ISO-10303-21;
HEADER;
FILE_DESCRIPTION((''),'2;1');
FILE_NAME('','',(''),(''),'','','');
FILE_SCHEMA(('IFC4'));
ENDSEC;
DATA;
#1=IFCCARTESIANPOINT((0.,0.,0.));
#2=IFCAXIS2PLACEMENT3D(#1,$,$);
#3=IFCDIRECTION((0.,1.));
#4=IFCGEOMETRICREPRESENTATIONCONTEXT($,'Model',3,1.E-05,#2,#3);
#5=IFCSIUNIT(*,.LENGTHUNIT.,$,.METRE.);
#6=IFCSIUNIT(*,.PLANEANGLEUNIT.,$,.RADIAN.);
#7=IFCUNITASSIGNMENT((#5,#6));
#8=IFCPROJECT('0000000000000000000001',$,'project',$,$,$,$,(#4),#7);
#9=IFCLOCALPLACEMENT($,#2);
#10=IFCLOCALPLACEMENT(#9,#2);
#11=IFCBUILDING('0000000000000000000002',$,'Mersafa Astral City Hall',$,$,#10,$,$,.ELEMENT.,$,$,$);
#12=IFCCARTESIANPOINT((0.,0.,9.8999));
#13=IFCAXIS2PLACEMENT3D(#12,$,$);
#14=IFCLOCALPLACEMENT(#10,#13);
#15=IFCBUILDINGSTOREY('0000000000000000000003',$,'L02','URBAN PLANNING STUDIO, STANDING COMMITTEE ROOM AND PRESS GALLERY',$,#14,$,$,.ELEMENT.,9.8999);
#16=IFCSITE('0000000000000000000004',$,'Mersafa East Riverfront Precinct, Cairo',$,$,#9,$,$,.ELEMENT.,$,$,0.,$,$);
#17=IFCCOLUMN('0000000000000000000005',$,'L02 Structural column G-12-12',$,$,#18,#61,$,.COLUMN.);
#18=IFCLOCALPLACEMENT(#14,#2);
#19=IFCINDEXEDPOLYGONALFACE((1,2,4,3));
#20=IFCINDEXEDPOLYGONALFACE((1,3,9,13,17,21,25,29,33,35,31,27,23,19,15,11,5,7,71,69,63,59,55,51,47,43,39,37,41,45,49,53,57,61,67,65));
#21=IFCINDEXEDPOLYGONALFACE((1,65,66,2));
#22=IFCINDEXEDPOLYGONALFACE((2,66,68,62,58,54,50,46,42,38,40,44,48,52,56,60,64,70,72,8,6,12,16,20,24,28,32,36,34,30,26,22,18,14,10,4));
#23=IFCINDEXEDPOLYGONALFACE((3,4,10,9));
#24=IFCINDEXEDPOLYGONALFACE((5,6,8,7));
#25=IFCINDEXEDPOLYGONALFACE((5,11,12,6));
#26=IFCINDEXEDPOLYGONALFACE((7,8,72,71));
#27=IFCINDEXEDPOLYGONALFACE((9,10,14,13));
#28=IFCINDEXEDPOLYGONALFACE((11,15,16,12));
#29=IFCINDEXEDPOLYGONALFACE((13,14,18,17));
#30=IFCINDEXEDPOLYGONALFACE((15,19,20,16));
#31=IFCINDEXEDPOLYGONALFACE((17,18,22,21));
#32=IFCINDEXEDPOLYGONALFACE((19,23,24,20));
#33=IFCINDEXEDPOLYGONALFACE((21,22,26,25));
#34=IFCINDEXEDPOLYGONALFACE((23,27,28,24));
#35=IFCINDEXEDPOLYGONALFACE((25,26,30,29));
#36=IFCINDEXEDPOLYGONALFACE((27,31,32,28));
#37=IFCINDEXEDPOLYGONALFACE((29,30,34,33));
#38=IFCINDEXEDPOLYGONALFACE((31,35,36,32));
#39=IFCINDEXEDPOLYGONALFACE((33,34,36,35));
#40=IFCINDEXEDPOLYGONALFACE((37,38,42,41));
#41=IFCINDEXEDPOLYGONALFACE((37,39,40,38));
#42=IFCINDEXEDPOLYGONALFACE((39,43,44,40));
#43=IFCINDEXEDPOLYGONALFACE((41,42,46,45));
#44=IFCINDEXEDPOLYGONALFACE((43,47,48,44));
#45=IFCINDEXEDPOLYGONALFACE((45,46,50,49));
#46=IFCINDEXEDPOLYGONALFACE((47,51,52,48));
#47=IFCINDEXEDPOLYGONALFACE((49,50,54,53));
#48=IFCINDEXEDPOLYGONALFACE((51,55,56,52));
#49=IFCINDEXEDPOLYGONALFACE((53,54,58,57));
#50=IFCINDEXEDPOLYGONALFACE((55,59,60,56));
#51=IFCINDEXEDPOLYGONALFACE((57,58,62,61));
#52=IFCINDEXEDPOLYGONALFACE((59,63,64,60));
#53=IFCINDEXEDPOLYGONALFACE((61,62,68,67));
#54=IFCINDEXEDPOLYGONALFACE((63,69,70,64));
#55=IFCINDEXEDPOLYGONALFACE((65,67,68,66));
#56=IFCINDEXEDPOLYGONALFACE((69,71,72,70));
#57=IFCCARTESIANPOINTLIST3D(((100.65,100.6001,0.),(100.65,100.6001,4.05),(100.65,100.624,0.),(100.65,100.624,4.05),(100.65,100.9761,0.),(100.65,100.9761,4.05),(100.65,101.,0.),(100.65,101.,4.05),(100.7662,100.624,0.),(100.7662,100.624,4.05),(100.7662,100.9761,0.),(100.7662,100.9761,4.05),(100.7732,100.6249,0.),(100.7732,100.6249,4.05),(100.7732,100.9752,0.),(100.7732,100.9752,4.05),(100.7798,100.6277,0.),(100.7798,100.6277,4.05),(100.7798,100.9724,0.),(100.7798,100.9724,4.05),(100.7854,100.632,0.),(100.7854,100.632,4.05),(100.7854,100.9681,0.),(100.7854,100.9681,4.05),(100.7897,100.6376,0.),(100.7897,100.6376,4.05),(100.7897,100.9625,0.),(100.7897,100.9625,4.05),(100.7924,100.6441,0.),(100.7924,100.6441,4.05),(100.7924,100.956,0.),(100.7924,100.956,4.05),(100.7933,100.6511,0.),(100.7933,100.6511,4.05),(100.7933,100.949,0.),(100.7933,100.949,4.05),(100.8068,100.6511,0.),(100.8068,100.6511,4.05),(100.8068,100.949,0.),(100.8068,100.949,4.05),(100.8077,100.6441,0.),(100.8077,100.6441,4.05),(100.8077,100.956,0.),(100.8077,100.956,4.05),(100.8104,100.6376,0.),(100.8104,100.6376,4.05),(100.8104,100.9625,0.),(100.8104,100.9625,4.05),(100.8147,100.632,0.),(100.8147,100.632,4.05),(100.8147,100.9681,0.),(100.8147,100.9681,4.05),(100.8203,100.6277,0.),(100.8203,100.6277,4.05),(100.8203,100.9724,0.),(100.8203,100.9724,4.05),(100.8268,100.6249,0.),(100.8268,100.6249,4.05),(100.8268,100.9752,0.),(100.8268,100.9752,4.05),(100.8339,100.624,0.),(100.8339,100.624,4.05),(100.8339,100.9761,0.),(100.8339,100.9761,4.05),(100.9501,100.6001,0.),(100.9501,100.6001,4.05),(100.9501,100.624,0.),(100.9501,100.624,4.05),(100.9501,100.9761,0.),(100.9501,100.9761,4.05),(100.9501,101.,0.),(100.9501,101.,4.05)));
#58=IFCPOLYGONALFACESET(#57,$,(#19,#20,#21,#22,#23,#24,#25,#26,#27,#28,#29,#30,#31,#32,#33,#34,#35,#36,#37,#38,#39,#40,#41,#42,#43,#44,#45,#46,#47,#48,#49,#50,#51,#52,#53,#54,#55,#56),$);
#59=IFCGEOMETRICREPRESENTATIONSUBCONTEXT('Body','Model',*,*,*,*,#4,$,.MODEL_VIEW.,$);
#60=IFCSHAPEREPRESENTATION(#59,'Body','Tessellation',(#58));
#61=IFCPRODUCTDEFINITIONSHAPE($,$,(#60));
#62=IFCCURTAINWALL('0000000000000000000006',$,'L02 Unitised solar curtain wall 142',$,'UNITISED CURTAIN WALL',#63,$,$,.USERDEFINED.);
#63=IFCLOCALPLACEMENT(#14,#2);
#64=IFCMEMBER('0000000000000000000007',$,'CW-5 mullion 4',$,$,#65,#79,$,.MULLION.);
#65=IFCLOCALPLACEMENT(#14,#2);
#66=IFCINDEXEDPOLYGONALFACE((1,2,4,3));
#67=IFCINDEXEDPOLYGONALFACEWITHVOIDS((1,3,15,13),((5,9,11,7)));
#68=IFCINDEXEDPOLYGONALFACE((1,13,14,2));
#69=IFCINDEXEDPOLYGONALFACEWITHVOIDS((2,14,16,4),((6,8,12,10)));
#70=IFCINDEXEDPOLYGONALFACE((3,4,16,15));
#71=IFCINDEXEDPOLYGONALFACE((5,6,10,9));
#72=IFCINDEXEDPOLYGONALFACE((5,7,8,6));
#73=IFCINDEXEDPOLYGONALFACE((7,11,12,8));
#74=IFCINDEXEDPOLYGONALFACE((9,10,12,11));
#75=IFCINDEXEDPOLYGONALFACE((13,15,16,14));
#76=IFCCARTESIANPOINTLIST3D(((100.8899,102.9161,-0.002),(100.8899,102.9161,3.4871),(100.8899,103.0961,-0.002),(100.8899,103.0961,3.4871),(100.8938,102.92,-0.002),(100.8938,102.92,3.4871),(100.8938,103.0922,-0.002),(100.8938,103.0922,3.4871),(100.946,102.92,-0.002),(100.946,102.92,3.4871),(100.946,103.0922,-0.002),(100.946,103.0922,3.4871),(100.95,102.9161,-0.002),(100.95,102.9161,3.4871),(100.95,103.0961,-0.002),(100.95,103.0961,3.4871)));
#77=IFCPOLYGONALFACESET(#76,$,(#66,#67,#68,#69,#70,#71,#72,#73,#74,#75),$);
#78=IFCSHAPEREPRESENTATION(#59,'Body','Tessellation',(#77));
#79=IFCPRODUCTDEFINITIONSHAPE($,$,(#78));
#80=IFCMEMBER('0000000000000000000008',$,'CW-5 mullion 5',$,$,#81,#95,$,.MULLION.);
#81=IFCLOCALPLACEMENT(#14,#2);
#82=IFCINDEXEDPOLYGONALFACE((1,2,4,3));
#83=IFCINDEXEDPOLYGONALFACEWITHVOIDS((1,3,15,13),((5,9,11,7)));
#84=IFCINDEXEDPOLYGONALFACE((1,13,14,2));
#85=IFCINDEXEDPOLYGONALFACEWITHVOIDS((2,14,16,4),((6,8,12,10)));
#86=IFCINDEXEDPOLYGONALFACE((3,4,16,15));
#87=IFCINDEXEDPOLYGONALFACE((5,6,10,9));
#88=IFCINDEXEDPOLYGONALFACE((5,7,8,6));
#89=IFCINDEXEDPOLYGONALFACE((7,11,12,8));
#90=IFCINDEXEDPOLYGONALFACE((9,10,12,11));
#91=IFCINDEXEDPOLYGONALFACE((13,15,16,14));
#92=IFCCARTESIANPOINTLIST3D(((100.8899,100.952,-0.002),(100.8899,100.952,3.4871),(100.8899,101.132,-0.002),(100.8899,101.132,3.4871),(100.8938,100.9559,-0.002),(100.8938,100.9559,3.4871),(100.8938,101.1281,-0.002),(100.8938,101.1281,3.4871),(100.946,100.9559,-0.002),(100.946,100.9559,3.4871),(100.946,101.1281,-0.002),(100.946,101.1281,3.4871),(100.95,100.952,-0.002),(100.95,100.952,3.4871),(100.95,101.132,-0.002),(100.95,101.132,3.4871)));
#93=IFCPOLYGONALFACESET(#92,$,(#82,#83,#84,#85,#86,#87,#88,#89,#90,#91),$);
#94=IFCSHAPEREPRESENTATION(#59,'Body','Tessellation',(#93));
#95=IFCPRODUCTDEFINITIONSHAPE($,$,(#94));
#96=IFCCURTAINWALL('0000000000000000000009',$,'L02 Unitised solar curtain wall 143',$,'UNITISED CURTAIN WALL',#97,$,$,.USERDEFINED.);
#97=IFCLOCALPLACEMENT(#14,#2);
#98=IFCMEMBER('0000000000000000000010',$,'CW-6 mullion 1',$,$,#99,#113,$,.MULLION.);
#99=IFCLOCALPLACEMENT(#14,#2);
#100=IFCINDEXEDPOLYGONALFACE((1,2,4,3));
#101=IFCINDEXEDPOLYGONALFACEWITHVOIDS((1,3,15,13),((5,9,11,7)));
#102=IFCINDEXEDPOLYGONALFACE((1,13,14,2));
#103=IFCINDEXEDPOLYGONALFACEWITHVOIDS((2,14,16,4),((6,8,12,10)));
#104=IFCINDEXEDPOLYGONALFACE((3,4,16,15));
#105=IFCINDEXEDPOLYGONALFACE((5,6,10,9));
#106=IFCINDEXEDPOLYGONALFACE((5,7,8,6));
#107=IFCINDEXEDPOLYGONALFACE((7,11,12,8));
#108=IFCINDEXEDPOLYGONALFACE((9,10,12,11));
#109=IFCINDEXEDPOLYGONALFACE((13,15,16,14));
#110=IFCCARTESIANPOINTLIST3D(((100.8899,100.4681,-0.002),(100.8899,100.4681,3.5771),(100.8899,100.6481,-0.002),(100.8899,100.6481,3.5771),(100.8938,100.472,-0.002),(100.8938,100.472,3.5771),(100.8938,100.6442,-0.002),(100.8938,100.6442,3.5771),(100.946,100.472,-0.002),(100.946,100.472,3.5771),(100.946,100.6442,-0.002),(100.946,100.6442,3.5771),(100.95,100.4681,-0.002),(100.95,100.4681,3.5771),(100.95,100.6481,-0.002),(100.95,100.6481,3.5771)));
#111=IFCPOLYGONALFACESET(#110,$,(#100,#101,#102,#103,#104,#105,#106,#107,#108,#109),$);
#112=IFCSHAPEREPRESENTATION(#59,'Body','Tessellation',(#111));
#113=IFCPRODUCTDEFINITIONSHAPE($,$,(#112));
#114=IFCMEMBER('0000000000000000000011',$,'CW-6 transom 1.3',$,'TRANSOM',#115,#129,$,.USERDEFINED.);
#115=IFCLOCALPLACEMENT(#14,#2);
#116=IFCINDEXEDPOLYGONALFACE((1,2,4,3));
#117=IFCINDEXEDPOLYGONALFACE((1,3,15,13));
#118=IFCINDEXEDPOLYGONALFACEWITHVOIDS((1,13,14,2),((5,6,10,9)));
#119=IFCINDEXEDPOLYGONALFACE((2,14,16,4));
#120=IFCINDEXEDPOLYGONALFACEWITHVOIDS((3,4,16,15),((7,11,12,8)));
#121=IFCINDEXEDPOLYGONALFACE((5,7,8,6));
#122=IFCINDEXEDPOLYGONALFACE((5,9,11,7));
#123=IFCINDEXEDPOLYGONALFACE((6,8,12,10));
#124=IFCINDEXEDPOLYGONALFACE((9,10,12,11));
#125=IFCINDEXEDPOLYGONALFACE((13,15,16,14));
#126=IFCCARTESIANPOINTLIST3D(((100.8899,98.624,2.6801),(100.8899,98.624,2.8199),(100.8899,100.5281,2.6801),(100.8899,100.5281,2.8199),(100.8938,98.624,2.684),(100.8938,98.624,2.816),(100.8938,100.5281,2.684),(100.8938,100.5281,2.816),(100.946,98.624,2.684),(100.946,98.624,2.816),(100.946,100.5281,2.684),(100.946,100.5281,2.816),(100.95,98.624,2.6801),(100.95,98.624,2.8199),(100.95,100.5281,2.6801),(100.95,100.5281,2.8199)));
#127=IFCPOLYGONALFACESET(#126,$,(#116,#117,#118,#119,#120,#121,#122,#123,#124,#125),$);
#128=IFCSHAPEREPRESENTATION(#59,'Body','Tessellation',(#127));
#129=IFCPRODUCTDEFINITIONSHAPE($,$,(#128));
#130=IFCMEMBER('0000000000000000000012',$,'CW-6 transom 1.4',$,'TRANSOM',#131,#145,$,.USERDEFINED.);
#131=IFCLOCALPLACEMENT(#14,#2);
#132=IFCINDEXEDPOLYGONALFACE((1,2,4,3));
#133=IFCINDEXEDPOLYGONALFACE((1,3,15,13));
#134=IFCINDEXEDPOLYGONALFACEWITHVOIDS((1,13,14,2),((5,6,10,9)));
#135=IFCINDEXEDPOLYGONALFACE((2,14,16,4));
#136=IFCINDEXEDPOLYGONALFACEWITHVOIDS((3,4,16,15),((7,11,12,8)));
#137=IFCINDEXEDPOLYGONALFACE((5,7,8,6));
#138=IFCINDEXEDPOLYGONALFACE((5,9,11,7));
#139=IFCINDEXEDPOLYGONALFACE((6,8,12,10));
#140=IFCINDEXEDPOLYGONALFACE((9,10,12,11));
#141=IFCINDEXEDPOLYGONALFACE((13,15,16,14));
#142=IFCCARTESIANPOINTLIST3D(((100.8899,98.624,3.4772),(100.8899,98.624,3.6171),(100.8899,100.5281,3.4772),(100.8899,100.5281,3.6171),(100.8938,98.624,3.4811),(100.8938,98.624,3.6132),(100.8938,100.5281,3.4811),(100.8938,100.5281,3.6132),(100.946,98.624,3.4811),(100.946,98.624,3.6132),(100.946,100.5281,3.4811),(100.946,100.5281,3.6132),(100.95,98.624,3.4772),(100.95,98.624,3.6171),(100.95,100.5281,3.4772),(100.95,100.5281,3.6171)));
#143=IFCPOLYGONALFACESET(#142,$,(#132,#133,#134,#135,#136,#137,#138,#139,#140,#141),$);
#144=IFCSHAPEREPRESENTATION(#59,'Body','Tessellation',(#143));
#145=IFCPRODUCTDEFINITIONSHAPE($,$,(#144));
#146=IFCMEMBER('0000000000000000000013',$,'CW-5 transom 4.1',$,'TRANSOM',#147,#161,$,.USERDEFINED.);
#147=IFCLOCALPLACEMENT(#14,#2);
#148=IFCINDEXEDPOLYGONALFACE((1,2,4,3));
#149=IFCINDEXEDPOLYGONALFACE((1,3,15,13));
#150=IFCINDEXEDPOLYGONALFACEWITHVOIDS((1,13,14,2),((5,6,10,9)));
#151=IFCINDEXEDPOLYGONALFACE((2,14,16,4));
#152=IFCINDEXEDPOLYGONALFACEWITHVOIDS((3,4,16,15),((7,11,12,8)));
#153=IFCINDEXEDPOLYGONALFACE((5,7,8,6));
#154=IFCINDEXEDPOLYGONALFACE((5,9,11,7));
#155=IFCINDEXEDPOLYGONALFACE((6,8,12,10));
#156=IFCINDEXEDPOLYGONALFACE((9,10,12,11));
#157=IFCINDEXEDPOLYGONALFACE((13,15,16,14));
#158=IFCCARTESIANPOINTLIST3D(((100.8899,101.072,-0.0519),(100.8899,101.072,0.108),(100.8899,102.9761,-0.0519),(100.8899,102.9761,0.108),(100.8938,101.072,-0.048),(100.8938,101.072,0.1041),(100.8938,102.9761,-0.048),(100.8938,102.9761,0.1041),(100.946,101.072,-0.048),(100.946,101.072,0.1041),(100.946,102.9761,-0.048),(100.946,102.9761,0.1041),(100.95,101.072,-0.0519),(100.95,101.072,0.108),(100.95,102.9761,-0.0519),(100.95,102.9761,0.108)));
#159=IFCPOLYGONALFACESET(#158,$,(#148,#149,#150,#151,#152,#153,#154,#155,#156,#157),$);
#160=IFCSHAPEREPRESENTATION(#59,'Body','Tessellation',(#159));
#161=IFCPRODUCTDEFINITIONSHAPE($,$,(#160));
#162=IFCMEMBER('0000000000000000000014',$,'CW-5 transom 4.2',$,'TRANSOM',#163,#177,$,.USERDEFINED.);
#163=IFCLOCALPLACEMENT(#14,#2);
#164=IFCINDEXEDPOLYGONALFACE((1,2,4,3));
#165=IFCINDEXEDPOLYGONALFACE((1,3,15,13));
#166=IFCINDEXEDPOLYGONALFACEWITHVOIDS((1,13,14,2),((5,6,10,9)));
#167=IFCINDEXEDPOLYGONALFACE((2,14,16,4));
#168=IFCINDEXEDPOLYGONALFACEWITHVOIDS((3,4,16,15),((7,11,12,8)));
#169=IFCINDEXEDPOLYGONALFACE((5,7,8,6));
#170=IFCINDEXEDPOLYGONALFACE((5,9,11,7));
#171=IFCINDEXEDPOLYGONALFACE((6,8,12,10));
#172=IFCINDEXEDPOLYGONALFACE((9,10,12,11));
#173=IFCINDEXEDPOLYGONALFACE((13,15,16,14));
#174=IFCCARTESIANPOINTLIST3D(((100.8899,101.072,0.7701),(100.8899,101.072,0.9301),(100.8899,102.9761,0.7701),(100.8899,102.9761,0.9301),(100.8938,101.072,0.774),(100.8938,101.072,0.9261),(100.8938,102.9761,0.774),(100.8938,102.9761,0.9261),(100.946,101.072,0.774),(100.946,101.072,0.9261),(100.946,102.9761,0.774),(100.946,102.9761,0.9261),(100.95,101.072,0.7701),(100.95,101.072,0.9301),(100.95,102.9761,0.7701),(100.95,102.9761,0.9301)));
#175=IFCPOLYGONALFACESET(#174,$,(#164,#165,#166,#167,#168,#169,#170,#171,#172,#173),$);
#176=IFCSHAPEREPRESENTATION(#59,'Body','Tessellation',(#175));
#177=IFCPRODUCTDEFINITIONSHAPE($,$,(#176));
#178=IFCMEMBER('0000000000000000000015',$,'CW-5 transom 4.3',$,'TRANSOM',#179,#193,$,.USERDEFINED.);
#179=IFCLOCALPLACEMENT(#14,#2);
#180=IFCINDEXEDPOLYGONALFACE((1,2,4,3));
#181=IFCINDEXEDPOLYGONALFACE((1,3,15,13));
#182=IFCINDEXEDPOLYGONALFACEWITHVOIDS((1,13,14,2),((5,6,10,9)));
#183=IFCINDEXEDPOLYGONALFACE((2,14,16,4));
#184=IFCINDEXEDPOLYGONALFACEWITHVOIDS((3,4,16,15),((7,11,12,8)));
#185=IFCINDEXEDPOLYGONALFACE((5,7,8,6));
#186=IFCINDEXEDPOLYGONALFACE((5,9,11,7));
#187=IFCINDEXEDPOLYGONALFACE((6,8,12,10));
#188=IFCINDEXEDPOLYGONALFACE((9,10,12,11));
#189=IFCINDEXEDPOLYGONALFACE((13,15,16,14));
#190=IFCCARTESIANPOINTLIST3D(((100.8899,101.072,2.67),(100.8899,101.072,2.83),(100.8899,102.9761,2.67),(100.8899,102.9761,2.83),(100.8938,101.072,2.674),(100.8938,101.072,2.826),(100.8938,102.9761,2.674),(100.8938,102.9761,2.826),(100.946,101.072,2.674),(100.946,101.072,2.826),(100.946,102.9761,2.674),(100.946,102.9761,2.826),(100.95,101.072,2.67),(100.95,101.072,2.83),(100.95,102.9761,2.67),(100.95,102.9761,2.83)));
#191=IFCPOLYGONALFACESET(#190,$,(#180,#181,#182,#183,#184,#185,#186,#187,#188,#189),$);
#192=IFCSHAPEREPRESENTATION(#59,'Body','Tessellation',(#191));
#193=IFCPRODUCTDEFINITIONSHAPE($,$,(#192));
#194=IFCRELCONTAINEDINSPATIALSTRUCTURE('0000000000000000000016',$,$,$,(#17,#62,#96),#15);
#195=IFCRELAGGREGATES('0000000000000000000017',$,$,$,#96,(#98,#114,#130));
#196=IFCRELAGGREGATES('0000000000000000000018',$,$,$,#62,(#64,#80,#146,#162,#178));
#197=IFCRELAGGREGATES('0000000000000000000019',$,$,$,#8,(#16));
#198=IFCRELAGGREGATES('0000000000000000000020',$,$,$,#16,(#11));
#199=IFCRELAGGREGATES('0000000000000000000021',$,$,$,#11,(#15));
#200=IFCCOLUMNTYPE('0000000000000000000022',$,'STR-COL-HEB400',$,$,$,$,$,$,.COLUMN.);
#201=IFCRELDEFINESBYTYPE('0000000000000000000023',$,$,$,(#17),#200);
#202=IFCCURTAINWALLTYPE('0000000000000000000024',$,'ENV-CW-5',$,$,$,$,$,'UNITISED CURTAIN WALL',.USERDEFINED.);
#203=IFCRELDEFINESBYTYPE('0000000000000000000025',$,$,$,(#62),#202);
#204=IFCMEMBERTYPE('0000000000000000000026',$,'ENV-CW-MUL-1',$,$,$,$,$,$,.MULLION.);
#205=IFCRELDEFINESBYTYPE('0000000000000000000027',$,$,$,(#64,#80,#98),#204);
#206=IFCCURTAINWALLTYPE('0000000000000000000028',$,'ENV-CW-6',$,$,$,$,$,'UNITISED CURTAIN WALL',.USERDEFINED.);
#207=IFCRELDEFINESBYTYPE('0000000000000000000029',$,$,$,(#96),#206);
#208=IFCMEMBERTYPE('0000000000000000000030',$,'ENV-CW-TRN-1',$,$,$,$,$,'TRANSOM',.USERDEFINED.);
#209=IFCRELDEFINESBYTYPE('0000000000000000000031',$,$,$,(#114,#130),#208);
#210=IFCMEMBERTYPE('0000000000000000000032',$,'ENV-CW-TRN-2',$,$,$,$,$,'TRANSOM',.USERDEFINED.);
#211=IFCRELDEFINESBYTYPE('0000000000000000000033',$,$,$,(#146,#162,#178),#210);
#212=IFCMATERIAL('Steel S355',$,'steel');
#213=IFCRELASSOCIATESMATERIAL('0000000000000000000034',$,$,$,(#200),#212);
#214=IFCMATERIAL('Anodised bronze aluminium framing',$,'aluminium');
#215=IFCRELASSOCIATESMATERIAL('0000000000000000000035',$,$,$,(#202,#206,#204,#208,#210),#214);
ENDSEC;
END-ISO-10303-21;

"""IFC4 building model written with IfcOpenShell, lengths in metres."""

from ifc_helpers import new_model, si_unit, direction, frame, origin, origin_2d, place, context, subcontext, project, spatial, hollow_rectangle, i_section, extrude, material, material_profile, profile_set, type_object, element, aggregate, save


model = new_model("IFC4")

# Units and contexts
model_context = context("Model", 3, precision=1e-05, world=origin(), true_north=direction((0.0, 1.0)))
body_context = subcontext(model_context, "Body", "Model", "MODEL_VIEW")
ifc_project = project(units=[si_unit("LENGTHUNIT", "METRE"), si_unit("PLANEANGLEUNIT", "RADIAN")], contexts=[model_context])

# Site, building, storey
site_placement = place(None, origin())
site = spatial("IfcSite", under=ifc_project, at=site_placement, Name="Mersafa East Riverfront Precinct, Cairo", CompositionType="ELEMENT", RefElevation=0.0)
building_placement = place(site_placement, origin())
building = spatial("IfcBuilding", under=site, at=building_placement, Name="Mersafa Astral City Hall", CompositionType="ELEMENT")
storey_placement = place(building_placement, frame((0.0, 0.0, 9.8999)))
storey = spatial("IfcBuildingStorey", under=building, at=storey_placement, Name="L02", Description="URBAN PLANNING STUDIO, STANDING COMMITTEE ROOM AND PRESS GALLERY", CompositionType="ELEMENT", Elevation=9.8999)

# Column
ifc_material_1 = material(Name="Steel S355", Category="steel")
ifc_material_profile_1 = material_profile(ifc_material_1, i_section(OverallWidth=0.3, OverallDepth=0.3999, WebThickness=0.0134, FlangeThickness=0.0239, FilletRadius=0.0271, at=origin_2d()), Name="HEB 400")
ifc_profile_set_1 = profile_set([ifc_material_profile_1], Name="Steel S355")
column_type = type_object("IfcColumnType", Name="STR-COL-HEB400", PredefinedType="COLUMN", material=ifc_profile_set_1)
column_placement = place(storey_placement, frame((100.8, 100.8, 0.0), z_axis=(0.0, 0.0, 1.0), x_axis=(1.0, 0.0, 0.0)))
element("IfcColumn", 1, at=column_placement, inside=storey, type_object=column_type, Name="L02 Structural column G-12-12", PredefinedType="COLUMN", context=body_context, shape_type="SweptSolid", body=[
    extrude(i_section(OverallWidth=0.3, OverallDepth=0.3999, WebThickness=0.0134, FlangeThickness=0.0239, FilletRadius=0.0271, at=origin_2d()), origin(), (0.0, 0.0, 1.0), 4.05),
])

# Curtain walls, members
ifc_material_2 = material(Name="Anodised bronze aluminium framing", Category="aluminium")
curtain_wall_type_1 = type_object("IfcCurtainWallType", Name="ENV-CW-5", ElementType="UNITISED CURTAIN WALL", PredefinedType="USERDEFINED", material=ifc_material_2)
curtain_wall_1_placement = place(storey_placement, origin())
curtain_wall_1 = element("IfcCurtainWall", 2, at=curtain_wall_1_placement, inside=storey, type_object=curtain_wall_type_1, Name="L02 Unitised solar curtain wall 142", ObjectType="UNITISED CURTAIN WALL", PredefinedType="USERDEFINED")
ifc_material_profile_2 = material_profile(ifc_material_2, hollow_rectangle(XDim=0.0601, YDim=0.1799, WallThickness=0.0039, at=origin_2d()), Name="RHS 60x180x4")
ifc_profile_set_2 = profile_set([ifc_material_profile_2], Name="Anodised bronze aluminium framing")
member_type_1 = type_object("IfcMemberType", Name="ENV-CW-MUL-1", PredefinedType="MULLION", material=ifc_profile_set_2)
member_1_placement = place(storey_placement, frame((100.9199, 103.0061, -0.002), z_axis=(0.0, 0.0, 1.0), x_axis=(1.0, 0.0, 0.0)))
member_1 = element("IfcMember", 3, at=member_1_placement, type_object=member_type_1, Name="CW-5 mullion 4", PredefinedType="MULLION", context=body_context, shape_type="SweptSolid", body=[
    extrude(hollow_rectangle(XDim=0.0601, YDim=0.1799, WallThickness=0.0039, at=origin_2d()), origin(), (0.0, 0.0, 1.0), 3.489),
])
member_2_placement = place(storey_placement, frame((100.9199, 101.042, -0.002), z_axis=(0.0, 0.0, 1.0), x_axis=(1.0, 0.0, 0.0)))
member_2 = element("IfcMember", 4, at=member_2_placement, type_object=member_type_1, Name="CW-5 mullion 5", PredefinedType="MULLION", context=body_context, shape_type="SweptSolid", body=[
    extrude(hollow_rectangle(XDim=0.0601, YDim=0.1799, WallThickness=0.0039, at=origin_2d()), origin(), (0.0, 0.0, 1.0), 3.489),
])
curtain_wall_type_2 = type_object("IfcCurtainWallType", Name="ENV-CW-6", ElementType="UNITISED CURTAIN WALL", PredefinedType="USERDEFINED", material=ifc_material_2)
curtain_wall_2_placement = place(storey_placement, origin())
curtain_wall_2 = element("IfcCurtainWall", 5, at=curtain_wall_2_placement, inside=storey, type_object=curtain_wall_type_2, Name="L02 Unitised solar curtain wall 143", ObjectType="UNITISED CURTAIN WALL", PredefinedType="USERDEFINED")
member_3_placement = place(storey_placement, frame((100.9199, 100.5581, -0.002), z_axis=(0.0, 0.0, 1.0), x_axis=(1.0, 0.0, 0.0)))
member_3 = element("IfcMember", 6, at=member_3_placement, type_object=member_type_1, Name="CW-6 mullion 1", PredefinedType="MULLION", context=body_context, shape_type="SweptSolid", body=[
    extrude(hollow_rectangle(XDim=0.0601, YDim=0.1799, WallThickness=0.0039, at=origin_2d()), origin(), (0.0, 0.0, 1.0), 3.5791),
])
ifc_material_profile_3 = material_profile(ifc_material_2, hollow_rectangle(XDim=0.0601, YDim=0.1399, WallThickness=0.0039, at=origin_2d()), Name="RHS 60x140x4")
ifc_profile_set_3 = profile_set([ifc_material_profile_3], Name="Anodised bronze aluminium framing")
member_type_2 = type_object("IfcMemberType", Name="ENV-CW-TRN-1", ElementType="TRANSOM", PredefinedType="USERDEFINED", material=ifc_profile_set_3)
member_4_placement = place(storey_placement, frame((100.9199, 100.5281, 2.75), z_axis=(0.0, -1.0, 0.0), x_axis=(1.0, 0.0, 0.0)))
member_4 = element("IfcMember", 7, at=member_4_placement, type_object=member_type_2, Name="CW-6 transom 1.3", ObjectType="TRANSOM", PredefinedType="USERDEFINED", context=body_context, shape_type="SweptSolid", body=[
    extrude(hollow_rectangle(XDim=0.0601, YDim=0.1399, WallThickness=0.0039, at=origin_2d()), origin(), (0.0, 0.0, 1.0), 1.9041),
])
member_5_placement = place(storey_placement, frame((100.9199, 100.5281, 3.5471), z_axis=(0.0, -1.0, 0.0), x_axis=(1.0, 0.0, 0.0)))
member_5 = element("IfcMember", 8, at=member_5_placement, type_object=member_type_2, Name="CW-6 transom 1.4", ObjectType="TRANSOM", PredefinedType="USERDEFINED", context=body_context, shape_type="SweptSolid", body=[
    extrude(hollow_rectangle(XDim=0.0601, YDim=0.1399, WallThickness=0.0039, at=origin_2d()), origin(), (0.0, 0.0, 1.0), 1.9041),
])
aggregate(curtain_wall_2, [member_3, member_4, member_5])

# Members
ifc_material_profile_4 = material_profile(ifc_material_2, hollow_rectangle(XDim=0.0601, YDim=0.1599, WallThickness=0.0039, at=origin_2d()), Name="RHS 60x160x4")
ifc_profile_set_4 = profile_set([ifc_material_profile_4], Name="Anodised bronze aluminium framing")
member_type_3 = type_object("IfcMemberType", Name="ENV-CW-TRN-2", ElementType="TRANSOM", PredefinedType="USERDEFINED", material=ifc_profile_set_4)
member_6_placement = place(storey_placement, frame((100.9199, 102.9761, 0.0281), z_axis=(0.0, -1.0, 0.0), x_axis=(1.0, 0.0, 0.0)))
member_6 = element("IfcMember", 9, at=member_6_placement, type_object=member_type_3, Name="CW-5 transom 4.1", ObjectType="TRANSOM", PredefinedType="USERDEFINED", context=body_context, shape_type="SweptSolid", body=[
    extrude(hollow_rectangle(XDim=0.0601, YDim=0.1599, WallThickness=0.0039, at=origin_2d()), origin(), (0.0, 0.0, 1.0), 1.9041),
])
member_7_placement = place(storey_placement, frame((100.9199, 102.9761, 0.8501), z_axis=(0.0, -1.0, 0.0), x_axis=(1.0, 0.0, 0.0)))
member_7 = element("IfcMember", 10, at=member_7_placement, type_object=member_type_3, Name="CW-5 transom 4.2", ObjectType="TRANSOM", PredefinedType="USERDEFINED", context=body_context, shape_type="SweptSolid", body=[
    extrude(hollow_rectangle(XDim=0.0601, YDim=0.1599, WallThickness=0.0039, at=origin_2d()), origin(), (0.0, 0.0, 1.0), 1.9041),
])
member_8_placement = place(storey_placement, frame((100.9199, 102.9761, 2.75), z_axis=(0.0, -1.0, 0.0), x_axis=(1.0, 0.0, 0.0)))
member_8 = element("IfcMember", 11, at=member_8_placement, type_object=member_type_3, Name="CW-5 transom 4.3", ObjectType="TRANSOM", PredefinedType="USERDEFINED", context=body_context, shape_type="SweptSolid", body=[
    extrude(hollow_rectangle(XDim=0.0601, YDim=0.1599, WallThickness=0.0039, at=origin_2d()), origin(), (0.0, 0.0, 1.0), 1.9041),
])

aggregate(curtain_wall_1, [member_1, member_2, member_6, member_7, member_8])

save(model, "model.ifc")
